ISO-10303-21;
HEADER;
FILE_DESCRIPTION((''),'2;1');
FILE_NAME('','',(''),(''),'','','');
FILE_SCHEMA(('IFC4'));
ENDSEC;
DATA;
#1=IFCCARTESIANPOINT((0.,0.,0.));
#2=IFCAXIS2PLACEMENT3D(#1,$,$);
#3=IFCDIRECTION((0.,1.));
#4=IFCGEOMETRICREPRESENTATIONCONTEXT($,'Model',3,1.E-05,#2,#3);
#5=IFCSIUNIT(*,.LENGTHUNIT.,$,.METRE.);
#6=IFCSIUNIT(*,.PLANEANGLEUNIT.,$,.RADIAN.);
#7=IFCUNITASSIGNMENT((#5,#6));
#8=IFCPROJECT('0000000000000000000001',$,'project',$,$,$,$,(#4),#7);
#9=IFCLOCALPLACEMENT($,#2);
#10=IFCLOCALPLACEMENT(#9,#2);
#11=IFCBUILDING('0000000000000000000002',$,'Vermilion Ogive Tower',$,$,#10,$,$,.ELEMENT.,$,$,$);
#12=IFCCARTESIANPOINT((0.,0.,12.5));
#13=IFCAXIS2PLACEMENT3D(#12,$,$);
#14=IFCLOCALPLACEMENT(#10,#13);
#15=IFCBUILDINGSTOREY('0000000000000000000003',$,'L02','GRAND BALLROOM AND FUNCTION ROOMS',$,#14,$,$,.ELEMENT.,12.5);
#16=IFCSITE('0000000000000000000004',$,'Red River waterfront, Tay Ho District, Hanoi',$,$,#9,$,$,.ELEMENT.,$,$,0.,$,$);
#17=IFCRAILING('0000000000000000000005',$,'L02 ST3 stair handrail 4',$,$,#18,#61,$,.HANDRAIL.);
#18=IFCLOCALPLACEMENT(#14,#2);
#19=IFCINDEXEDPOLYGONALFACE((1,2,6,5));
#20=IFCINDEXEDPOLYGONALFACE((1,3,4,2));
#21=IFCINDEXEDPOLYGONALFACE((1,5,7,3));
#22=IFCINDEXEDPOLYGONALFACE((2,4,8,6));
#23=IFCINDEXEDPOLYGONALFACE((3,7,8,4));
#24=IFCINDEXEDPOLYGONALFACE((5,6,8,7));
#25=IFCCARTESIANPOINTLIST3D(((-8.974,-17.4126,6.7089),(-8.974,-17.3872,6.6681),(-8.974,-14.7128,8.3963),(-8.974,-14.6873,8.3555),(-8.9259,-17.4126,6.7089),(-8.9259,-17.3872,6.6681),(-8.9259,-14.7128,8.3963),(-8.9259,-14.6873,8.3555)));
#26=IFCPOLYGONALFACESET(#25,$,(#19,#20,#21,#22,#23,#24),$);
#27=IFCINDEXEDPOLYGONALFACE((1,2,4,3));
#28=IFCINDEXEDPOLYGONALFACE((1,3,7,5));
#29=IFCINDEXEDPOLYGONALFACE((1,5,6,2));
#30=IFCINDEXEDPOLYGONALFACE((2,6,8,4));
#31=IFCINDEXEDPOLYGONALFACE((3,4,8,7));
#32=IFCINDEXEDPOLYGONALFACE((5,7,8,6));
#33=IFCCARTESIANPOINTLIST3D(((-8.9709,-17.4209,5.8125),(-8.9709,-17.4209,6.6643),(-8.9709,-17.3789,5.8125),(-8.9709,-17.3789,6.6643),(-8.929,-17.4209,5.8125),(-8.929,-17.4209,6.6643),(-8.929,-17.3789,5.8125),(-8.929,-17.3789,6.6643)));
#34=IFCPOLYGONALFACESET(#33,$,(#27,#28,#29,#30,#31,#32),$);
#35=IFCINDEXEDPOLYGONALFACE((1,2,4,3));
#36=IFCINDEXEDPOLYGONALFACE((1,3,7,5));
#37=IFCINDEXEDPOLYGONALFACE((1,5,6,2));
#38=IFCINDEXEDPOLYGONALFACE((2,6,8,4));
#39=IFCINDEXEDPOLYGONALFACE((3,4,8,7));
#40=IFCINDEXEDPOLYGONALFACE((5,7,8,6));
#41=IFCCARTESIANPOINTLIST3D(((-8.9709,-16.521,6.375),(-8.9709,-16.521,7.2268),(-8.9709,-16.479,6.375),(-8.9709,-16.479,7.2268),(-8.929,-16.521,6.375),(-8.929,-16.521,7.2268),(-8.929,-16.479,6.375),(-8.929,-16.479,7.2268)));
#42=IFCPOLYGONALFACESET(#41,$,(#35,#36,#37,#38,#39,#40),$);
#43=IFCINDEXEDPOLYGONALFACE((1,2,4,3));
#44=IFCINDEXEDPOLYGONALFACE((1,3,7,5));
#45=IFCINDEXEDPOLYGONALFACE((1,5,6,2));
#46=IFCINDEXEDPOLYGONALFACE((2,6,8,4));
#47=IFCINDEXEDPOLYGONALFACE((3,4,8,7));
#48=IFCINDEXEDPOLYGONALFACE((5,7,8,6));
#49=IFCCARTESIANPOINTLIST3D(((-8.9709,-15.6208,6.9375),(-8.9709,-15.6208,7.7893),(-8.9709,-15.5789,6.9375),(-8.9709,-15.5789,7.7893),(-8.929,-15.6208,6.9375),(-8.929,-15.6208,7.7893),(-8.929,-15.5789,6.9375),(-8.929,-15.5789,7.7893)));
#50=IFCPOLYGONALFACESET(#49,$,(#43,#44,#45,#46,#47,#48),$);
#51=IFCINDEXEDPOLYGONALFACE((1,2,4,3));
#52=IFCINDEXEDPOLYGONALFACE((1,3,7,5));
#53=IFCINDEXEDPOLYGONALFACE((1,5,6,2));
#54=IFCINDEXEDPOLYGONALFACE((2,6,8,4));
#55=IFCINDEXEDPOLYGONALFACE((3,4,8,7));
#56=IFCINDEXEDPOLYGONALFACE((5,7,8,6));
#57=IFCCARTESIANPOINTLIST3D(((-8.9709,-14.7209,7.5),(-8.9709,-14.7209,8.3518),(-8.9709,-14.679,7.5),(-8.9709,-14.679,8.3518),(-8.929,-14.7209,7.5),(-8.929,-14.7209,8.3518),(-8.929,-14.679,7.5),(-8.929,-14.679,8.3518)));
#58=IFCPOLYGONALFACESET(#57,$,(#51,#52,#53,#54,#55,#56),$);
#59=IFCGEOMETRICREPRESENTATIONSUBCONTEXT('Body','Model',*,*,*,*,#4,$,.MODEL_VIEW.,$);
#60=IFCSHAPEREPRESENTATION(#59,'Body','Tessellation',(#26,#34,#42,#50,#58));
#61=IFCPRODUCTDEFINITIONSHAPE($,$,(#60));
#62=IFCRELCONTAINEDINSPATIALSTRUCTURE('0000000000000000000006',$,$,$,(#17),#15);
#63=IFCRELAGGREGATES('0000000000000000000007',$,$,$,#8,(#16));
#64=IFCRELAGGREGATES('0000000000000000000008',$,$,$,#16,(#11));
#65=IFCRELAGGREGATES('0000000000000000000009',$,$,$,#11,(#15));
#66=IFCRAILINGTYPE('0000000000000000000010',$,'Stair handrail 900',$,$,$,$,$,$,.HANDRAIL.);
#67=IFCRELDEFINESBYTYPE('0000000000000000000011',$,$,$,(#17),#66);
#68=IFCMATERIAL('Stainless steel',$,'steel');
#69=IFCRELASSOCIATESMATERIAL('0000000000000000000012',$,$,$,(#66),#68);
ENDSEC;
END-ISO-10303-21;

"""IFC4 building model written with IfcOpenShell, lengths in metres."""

from ifc_helpers import new_model, si_unit, direction, frame, origin, origin_2d, place, context, subcontext, project, spatial, rectangle, extrude, material, type_object, element, save


model = new_model("IFC4")

# Units and contexts
model_context = context("Model", 3, precision=1e-05, world=origin(), true_north=direction((0.0, 1.0)))
body_context = subcontext(model_context, "Body", "Model", "MODEL_VIEW")
ifc_project = project(units=[si_unit("LENGTHUNIT", "METRE"), si_unit("PLANEANGLEUNIT", "RADIAN")], contexts=[model_context])

# Site, building, storey
site_placement = place(None, origin())
site = spatial("IfcSite", under=ifc_project, at=site_placement, Name="Red River waterfront, Tay Ho District, Hanoi", CompositionType="ELEMENT", RefElevation=0.0)
building_placement = place(site_placement, origin())
building = spatial("IfcBuilding", under=site, at=building_placement, Name="Vermilion Ogive Tower", CompositionType="ELEMENT")
storey_placement = place(building_placement, frame((0.0, 0.0, 12.5)))
storey = spatial("IfcBuildingStorey", under=building, at=storey_placement, Name="L02", Description="GRAND BALLROOM AND FUNCTION ROOMS", CompositionType="ELEMENT", Elevation=12.5)

# Railing
ifc_material_1 = material(Name="Stainless steel", Category="steel")
railing_type_1 = type_object("IfcRailingType", Name="Stair handrail 900", PredefinedType="HANDRAIL", material=ifc_material_1)
for number, where, name in (
    (1, (-8.95, -17.3999, 5.8125), "L02 ST3 stair handrail 4"),
):
    element("IfcRailing", number, at=place(storey_placement, frame(where)), inside=storey, type_object=railing_type_1, Name=name, PredefinedType="HANDRAIL", context=body_context, shape_type="SweptSolid", body=[
        extrude(rectangle(XDim=0.0481, YDim=0.0481, at=origin_2d()), frame((0.0, 0.0, 0.876), z_axis=(0.0, 0.847994, 0.530006), x_axis=(-1.0, 0.0, 0.0)), (0.0, 0.0, 1.0), 3.1838),
        extrude(rectangle(XDim=0.042, YDim=0.042, at=origin_2d()), origin(), (0.0, 0.0, 1.0), 0.8518),
        extrude(rectangle(XDim=0.042, YDim=0.042, at=origin_2d()), frame((0.0, 0.8999, 0.5625)), (0.0, 0.0, 1.0), 0.8518),
        extrude(rectangle(XDim=0.042, YDim=0.042, at=origin_2d()), frame((0.0, 1.8, 1.125)), (0.0, 0.0, 1.0), 0.8518),
        extrude(rectangle(XDim=0.042, YDim=0.042, at=origin_2d()), frame((0.0, 2.7, 1.6875)), (0.0, 0.0, 1.0), 0.8518),
    ])

save(model, "model.ifc")
